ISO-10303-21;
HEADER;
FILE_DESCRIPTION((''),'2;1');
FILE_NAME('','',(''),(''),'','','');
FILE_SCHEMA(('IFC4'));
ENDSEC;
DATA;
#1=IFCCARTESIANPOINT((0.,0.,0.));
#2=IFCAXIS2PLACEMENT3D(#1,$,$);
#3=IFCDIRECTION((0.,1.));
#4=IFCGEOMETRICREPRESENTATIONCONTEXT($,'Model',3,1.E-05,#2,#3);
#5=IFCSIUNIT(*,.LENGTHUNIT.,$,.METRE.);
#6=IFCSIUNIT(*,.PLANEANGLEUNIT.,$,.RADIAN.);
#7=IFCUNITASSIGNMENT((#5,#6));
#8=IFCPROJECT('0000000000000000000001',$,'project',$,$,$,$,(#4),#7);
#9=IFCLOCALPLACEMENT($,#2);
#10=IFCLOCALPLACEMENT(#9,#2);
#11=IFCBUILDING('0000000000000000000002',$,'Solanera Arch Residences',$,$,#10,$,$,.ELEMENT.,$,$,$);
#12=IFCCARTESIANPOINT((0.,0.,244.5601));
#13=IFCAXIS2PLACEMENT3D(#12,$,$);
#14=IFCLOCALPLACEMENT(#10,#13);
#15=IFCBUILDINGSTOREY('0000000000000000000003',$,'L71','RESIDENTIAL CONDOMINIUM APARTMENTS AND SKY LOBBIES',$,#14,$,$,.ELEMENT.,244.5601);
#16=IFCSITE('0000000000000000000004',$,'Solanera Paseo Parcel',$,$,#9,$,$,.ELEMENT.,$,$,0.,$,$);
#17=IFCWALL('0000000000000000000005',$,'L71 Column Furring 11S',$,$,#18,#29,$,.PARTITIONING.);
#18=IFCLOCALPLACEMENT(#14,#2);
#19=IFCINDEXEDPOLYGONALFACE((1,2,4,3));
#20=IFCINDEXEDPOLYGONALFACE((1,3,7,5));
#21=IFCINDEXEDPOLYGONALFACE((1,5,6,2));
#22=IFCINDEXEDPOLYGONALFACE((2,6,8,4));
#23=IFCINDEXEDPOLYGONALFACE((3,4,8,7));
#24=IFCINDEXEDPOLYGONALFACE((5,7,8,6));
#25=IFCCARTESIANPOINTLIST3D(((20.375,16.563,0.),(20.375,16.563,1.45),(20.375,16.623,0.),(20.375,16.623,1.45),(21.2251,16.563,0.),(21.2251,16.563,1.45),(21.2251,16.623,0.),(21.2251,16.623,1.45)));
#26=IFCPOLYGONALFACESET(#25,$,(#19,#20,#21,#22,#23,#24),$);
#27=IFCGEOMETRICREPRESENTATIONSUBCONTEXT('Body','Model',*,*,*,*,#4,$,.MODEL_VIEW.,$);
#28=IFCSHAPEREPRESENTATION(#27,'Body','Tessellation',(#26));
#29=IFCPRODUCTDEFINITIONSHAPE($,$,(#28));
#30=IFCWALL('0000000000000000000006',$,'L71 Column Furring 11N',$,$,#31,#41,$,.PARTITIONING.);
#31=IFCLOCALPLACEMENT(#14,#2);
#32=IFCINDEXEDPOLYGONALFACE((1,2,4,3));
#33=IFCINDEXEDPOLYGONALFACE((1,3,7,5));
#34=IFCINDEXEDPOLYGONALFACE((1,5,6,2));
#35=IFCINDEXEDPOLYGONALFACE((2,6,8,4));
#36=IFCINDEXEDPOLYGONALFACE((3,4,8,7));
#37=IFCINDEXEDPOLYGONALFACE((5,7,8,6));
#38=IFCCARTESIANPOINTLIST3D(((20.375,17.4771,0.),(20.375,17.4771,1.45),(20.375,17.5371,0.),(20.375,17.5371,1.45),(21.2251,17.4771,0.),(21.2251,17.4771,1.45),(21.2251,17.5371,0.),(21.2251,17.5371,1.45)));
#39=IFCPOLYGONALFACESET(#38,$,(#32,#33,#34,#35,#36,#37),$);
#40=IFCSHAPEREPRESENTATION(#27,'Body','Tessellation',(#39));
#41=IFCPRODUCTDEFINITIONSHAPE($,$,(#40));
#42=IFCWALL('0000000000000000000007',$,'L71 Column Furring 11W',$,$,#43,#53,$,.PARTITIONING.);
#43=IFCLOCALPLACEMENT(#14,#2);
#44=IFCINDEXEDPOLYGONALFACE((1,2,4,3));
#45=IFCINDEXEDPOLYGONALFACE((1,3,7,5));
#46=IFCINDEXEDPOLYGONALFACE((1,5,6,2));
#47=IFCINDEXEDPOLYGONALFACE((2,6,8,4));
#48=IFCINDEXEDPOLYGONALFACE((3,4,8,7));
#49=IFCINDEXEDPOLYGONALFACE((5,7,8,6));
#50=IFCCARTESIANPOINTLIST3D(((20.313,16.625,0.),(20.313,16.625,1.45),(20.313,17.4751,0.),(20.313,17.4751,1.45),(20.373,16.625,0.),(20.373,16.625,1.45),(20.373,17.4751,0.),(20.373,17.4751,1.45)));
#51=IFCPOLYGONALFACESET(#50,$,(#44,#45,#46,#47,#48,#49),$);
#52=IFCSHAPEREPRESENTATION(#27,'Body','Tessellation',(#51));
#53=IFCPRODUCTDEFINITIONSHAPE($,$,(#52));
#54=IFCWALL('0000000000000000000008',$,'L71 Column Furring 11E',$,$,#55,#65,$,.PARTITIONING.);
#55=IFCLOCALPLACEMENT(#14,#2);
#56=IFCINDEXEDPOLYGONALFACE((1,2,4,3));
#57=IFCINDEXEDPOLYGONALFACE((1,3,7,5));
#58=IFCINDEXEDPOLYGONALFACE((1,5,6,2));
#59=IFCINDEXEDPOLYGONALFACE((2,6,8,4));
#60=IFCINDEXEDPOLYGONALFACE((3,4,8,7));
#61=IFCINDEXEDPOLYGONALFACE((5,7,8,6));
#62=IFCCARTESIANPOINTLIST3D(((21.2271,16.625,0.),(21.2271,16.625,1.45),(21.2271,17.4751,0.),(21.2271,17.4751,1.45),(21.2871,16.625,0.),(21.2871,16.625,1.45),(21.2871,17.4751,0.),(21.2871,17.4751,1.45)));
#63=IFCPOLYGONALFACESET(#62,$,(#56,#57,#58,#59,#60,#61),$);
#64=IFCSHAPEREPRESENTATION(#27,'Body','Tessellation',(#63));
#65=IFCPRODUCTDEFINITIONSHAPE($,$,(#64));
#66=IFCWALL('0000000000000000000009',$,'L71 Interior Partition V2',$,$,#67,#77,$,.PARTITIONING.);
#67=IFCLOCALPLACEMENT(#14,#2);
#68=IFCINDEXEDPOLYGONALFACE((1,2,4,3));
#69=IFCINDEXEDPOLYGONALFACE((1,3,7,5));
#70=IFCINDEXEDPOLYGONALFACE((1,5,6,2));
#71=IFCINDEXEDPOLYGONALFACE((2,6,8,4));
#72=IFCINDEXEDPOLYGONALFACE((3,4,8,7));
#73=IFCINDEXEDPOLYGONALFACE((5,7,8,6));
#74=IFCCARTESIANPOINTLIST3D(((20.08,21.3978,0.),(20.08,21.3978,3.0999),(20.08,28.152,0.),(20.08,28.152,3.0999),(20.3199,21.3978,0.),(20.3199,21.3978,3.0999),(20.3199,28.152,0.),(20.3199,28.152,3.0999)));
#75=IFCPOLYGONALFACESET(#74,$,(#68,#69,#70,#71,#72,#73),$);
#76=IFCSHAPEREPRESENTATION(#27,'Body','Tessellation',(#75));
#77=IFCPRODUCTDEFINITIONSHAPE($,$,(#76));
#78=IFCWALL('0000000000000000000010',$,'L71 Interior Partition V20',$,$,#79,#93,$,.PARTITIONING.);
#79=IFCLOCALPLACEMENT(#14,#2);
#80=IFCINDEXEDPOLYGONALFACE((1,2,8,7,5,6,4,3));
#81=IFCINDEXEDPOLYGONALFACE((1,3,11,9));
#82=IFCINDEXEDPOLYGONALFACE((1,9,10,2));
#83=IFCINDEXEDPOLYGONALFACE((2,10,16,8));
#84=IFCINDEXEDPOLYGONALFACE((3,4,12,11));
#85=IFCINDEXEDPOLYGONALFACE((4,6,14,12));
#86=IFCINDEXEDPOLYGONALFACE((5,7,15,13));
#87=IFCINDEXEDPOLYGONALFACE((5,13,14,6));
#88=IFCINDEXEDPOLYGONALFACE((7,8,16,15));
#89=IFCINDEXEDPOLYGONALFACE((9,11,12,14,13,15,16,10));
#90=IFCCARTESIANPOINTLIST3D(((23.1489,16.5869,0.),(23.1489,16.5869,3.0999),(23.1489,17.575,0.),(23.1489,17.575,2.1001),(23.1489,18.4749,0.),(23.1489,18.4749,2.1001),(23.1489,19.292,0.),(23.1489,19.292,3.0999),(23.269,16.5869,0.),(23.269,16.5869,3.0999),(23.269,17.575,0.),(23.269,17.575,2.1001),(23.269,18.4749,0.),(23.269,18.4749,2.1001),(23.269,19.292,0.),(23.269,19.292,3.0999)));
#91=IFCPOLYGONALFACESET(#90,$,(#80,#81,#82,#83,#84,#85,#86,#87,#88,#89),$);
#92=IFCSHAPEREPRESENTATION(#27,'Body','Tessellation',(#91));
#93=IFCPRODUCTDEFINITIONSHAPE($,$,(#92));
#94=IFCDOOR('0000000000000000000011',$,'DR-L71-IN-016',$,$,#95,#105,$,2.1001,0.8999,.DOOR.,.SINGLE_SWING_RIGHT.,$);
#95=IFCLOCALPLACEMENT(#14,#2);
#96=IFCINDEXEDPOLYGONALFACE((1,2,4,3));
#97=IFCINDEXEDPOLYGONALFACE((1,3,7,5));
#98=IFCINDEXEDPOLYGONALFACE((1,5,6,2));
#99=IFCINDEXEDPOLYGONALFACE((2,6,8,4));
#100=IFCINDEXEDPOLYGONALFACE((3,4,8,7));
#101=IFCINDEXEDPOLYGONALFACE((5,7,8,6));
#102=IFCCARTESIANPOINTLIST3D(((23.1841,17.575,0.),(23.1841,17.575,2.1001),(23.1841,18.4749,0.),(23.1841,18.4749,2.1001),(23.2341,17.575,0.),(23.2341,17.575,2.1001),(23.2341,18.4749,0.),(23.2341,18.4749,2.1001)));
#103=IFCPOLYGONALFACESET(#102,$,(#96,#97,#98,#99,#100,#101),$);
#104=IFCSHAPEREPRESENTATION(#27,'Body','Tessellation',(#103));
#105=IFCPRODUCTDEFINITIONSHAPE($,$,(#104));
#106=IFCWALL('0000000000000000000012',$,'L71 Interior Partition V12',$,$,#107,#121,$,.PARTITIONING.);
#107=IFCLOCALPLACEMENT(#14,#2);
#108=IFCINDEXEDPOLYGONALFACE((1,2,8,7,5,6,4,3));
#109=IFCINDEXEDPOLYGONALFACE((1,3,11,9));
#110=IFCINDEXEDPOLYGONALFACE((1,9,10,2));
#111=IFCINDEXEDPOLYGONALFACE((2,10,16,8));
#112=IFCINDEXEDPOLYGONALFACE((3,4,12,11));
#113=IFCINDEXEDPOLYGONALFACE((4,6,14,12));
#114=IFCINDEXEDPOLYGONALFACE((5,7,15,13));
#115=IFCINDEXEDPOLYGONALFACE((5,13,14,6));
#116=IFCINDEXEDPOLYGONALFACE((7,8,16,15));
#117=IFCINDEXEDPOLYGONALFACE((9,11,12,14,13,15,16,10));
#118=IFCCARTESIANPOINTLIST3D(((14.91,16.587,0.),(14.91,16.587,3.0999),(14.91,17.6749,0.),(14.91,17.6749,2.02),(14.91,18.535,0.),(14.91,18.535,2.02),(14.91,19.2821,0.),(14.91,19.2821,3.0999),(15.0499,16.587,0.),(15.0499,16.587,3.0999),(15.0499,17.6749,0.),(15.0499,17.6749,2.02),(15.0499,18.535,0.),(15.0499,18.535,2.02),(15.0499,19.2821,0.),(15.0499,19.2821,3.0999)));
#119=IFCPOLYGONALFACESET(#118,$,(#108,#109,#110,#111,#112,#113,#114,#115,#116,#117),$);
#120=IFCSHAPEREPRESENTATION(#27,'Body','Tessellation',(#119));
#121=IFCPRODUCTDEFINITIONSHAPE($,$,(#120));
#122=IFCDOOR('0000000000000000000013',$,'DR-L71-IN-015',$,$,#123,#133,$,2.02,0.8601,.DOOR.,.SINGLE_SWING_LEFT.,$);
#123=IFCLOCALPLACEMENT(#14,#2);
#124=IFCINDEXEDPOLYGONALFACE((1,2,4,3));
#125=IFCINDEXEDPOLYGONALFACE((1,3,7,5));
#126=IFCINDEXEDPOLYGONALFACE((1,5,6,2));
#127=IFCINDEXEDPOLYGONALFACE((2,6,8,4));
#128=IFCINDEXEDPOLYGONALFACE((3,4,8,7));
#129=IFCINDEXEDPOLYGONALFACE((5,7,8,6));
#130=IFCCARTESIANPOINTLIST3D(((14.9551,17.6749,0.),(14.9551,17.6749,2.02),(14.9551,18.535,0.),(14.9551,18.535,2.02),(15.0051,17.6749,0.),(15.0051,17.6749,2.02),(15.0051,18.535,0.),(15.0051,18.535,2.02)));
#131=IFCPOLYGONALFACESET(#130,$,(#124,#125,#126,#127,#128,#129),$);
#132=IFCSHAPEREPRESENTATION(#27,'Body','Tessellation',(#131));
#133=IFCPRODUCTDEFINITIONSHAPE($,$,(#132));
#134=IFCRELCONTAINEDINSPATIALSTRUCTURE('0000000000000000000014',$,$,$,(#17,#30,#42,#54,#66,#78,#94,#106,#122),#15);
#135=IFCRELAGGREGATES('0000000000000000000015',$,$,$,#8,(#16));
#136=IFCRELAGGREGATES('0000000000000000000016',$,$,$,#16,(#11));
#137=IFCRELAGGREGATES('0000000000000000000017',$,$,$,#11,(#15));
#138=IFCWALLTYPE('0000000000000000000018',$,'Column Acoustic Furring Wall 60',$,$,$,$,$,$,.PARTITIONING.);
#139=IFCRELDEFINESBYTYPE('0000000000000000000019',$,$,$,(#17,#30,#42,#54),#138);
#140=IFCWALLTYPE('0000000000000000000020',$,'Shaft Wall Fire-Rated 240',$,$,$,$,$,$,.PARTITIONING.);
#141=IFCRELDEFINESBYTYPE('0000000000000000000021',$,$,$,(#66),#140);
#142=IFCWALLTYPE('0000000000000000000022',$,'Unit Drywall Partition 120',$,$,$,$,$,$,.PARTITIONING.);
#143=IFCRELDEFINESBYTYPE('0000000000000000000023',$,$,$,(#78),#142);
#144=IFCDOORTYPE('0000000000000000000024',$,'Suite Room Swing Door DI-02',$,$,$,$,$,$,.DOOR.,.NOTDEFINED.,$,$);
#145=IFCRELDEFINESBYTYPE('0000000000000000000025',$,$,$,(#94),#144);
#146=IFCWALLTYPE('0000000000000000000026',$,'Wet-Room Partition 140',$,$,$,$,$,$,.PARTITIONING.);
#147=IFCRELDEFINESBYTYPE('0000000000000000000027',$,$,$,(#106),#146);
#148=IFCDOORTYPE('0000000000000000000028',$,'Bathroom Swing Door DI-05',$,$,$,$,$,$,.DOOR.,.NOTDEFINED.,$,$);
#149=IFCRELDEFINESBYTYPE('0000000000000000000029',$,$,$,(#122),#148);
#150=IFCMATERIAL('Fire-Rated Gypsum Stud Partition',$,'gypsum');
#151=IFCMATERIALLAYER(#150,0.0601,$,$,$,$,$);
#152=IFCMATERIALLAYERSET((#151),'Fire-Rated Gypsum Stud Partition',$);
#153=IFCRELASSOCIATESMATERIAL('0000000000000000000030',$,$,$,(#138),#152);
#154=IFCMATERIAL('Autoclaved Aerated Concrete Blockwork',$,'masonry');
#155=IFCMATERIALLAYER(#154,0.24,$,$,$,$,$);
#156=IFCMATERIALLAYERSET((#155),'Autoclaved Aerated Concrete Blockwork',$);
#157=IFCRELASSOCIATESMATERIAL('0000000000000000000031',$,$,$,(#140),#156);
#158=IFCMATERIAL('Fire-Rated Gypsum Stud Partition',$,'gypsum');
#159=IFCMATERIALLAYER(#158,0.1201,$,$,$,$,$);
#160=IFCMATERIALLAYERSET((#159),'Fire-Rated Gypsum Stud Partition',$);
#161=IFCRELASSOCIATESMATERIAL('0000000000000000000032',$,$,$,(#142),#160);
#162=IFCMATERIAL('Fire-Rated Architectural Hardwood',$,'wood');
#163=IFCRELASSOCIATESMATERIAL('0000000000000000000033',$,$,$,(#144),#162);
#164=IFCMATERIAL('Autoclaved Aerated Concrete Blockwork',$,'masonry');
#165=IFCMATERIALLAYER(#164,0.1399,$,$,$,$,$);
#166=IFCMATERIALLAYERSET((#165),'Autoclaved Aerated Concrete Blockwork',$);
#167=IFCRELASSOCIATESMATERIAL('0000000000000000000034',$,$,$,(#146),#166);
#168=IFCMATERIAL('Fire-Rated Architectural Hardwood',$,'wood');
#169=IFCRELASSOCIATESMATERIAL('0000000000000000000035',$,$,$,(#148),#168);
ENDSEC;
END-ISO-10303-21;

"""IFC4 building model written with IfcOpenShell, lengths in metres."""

from ifc_helpers import new_model, si_unit, direction, frame, frame_2d, origin, place, context, subcontext, project, spatial, rectangle, extrude, material, layer, layer_set, type_object, element, fill, save


model = new_model("IFC4")

# Units and contexts
model_context = context("Model", 3, precision=1e-05, world=origin(), true_north=direction((0.0, 1.0)))
body_context = subcontext(model_context, "Body", "Model", "MODEL_VIEW")
ifc_project = project(units=[si_unit("LENGTHUNIT", "METRE"), si_unit("PLANEANGLEUNIT", "RADIAN")], contexts=[model_context])

# Site, building, storey
site_placement = place(None, origin())
site = spatial("IfcSite", under=ifc_project, at=site_placement, Name="Solanera Paseo Parcel", CompositionType="ELEMENT", RefElevation=0.0)
building_placement = place(site_placement, origin())
building = spatial("IfcBuilding", under=site, at=building_placement, Name="Solanera Arch Residences", CompositionType="ELEMENT")
storey_placement = place(building_placement, frame((0.0, 0.0, 244.5601)))
storey = spatial("IfcBuildingStorey", under=building, at=storey_placement, Name="L71", Description="RESIDENTIAL CONDOMINIUM APARTMENTS AND SKY LOBBIES", CompositionType="ELEMENT", Elevation=244.5601)

# Walls
ifc_material_1 = material(Name="Fire-Rated Gypsum Stud Partition", Category="gypsum")
ifc_layer_1 = layer(ifc_material_1, 0.0601)
ifc_layer_set_1 = layer_set([ifc_layer_1], Name="Fire-Rated Gypsum Stud Partition")
wall_type_1 = type_object("IfcWallType", Name="Column Acoustic Furring Wall 60", PredefinedType="PARTITIONING", material=ifc_layer_set_1)
for number, where, z_axis, x_axis, name in (
    (1, (20.375, 16.593, 0.0), (0.0, 0.0, 1.0), (1.0, 0.0, 0.0), "L71 Column Furring 11S"),
    (2, (20.375, 17.5071, 0.0), (0.0, 0.0, 1.0), (1.0, 0.0, 0.0), "L71 Column Furring 11N"),
    (3, (20.343, 16.625, 0.0), (0.0, 0.0, 1.0), (0.0, 1.0, 0.0), "L71 Column Furring 11W"),
    (4, (21.2571, 16.625, 0.0), (0.0, 0.0, 1.0), (0.0, 1.0, 0.0), "L71 Column Furring 11E"),
):
    element("IfcWall", number, at=place(storey_placement, frame(where, z_axis=z_axis, x_axis=x_axis)), inside=storey, type_object=wall_type_1, Name=name, PredefinedType="PARTITIONING", context=body_context, shape_type="SweptSolid", body=[
        extrude(rectangle(XDim=0.8501, YDim=0.0601, at=frame_2d((0.425, 0.0))), origin(), (0.0, 0.0, 1.0), 1.45),
    ])
ifc_material_2 = material(Name="Autoclaved Aerated Concrete Blockwork", Category="masonry")
ifc_layer_2 = layer(ifc_material_2, 0.24)
ifc_layer_set_2 = layer_set([ifc_layer_2], Name="Autoclaved Aerated Concrete Blockwork")
wall_type_2 = type_object("IfcWallType", Name="Shaft Wall Fire-Rated 240", PredefinedType="PARTITIONING", material=ifc_layer_set_2)
wall_1_placement = place(storey_placement, frame((20.2, 21.3979, 0.0), z_axis=(0.0, 0.0, 1.0), x_axis=(0.0, 1.0, 0.0)))
element("IfcWall", 5, at=wall_1_placement, inside=storey, type_object=wall_type_2, Name="L71 Interior Partition V2", PredefinedType="PARTITIONING", context=body_context, shape_type="SweptSolid", body=[
    extrude(rectangle(XDim=6.7542, YDim=0.24, at=frame_2d((3.377, 0.0))), origin(), (0.0, 0.0, 1.0), 3.0999),
])

# Walls, openings, doors
ifc_material_3 = material(Name="Fire-Rated Gypsum Stud Partition", Category="gypsum")
ifc_layer_3 = layer(ifc_material_3, 0.1201)
ifc_layer_set_3 = layer_set([ifc_layer_3], Name="Fire-Rated Gypsum Stud Partition")
wall_type_3 = type_object("IfcWallType", Name="Unit Drywall Partition 120", PredefinedType="PARTITIONING", material=ifc_layer_set_3)
wall_2_placement = place(storey_placement, frame((23.209, 16.5869, 0.0), z_axis=(0.0, 0.0, 1.0), x_axis=(0.0, 1.0, 0.0)))
wall_2 = element("IfcWall", 6, at=wall_2_placement, inside=storey, type_object=wall_type_3, Name="L71 Interior Partition V20", PredefinedType="PARTITIONING", context=body_context, shape_type="SweptSolid", body=[
    extrude(rectangle(XDim=2.7051, YDim=0.1201, at=frame_2d((1.3525, 0.0))), origin(), (0.0, 0.0, 1.0), 3.0999),
])
opening_1_placement = place(wall_2_placement, frame((0.988, 0.0, 0.0)))
opening_1 = element("IfcOpeningElement", 7, at=opening_1_placement, cuts=wall_2, PredefinedType="OPENING", context=body_context, shape_type="SweptSolid", body=[
    extrude(rectangle(XDim=0.8999, YDim=2.1001, at=frame_2d((0.45, 1.05))), frame((0.0, 0.0701, 0.0), z_axis=(0.0, -1.0, 0.0), x_axis=(1.0, 0.0, 0.0)), (0.0, 0.0, 1.0), 0.1401),
])
ifc_material_4 = material(Name="Fire-Rated Architectural Hardwood", Category="wood")
door_type_1 = type_object("IfcDoorType", Name="Suite Room Swing Door DI-02", OperationType="NOTDEFINED", PredefinedType="DOOR", material=ifc_material_4)
door_1_placement = place(opening_1_placement, origin())
door_1 = element("IfcDoor", 8, at=door_1_placement, inside=storey, type_object=door_type_1, Name="DR-L71-IN-016", OperationType="SINGLE_SWING_RIGHT", OverallHeight=2.1001, OverallWidth=0.8999, PredefinedType="DOOR", context=body_context, shape_type="SweptSolid", body=[
    extrude(rectangle(XDim=0.8999, YDim=2.1001, at=frame_2d((0.45, 1.05))), frame((0.0, 0.0249, 0.0), z_axis=(0.0, -1.0, 0.0), x_axis=(1.0, 0.0, 0.0)), (0.0, 0.0, 1.0), 0.05),
])
fill(opening_1, door_1)
ifc_material_5 = material(Name="Autoclaved Aerated Concrete Blockwork", Category="masonry")
ifc_layer_4 = layer(ifc_material_5, 0.1399)
ifc_layer_set_4 = layer_set([ifc_layer_4], Name="Autoclaved Aerated Concrete Blockwork")
wall_type_4 = type_object("IfcWallType", Name="Wet-Room Partition 140", PredefinedType="PARTITIONING", material=ifc_layer_set_4)
wall_3_placement = place(storey_placement, frame((14.98, 16.5869, 0.0), z_axis=(0.0, 0.0, 1.0), x_axis=(0.0, 1.0, 0.0)))
wall_3 = element("IfcWall", 9, at=wall_3_placement, inside=storey, type_object=wall_type_4, Name="L71 Interior Partition V12", PredefinedType="PARTITIONING", context=body_context, shape_type="SweptSolid", body=[
    extrude(rectangle(XDim=2.6951, YDim=0.1399, at=frame_2d((1.3477, 0.0))), origin(), (0.0, 0.0, 1.0), 3.0999),
])
opening_2_placement = place(wall_3_placement, frame((1.0879, 0.0, 0.0)))
opening_2 = element("IfcOpeningElement", 10, at=opening_2_placement, cuts=wall_3, PredefinedType="OPENING", context=body_context, shape_type="SweptSolid", body=[
    extrude(rectangle(XDim=0.8601, YDim=2.02, at=frame_2d((0.4302, 1.01))), frame((0.0, 0.0798, 0.0), z_axis=(0.0, -1.0, 0.0), x_axis=(1.0, 0.0, 0.0)), (0.0, 0.0, 1.0), 0.1599),
])
ifc_material_6 = material(Name="Fire-Rated Architectural Hardwood", Category="wood")
door_type_2 = type_object("IfcDoorType", Name="Bathroom Swing Door DI-05", OperationType="NOTDEFINED", PredefinedType="DOOR", material=ifc_material_6)
door_2_placement = place(opening_2_placement, origin())
door_2 = element("IfcDoor", 11, at=door_2_placement, inside=storey, type_object=door_type_2, Name="DR-L71-IN-015", OperationType="SINGLE_SWING_LEFT", OverallHeight=2.02, OverallWidth=0.8601, PredefinedType="DOOR", context=body_context, shape_type="SweptSolid", body=[
    extrude(rectangle(XDim=0.8601, YDim=2.02, at=frame_2d((0.4302, 1.01))), frame((0.0, 0.0249, 0.0), z_axis=(0.0, -1.0, 0.0), x_axis=(1.0, 0.0, 0.0)), (0.0, 0.0, 1.0), 0.05),
])
fill(opening_2, door_2)

save(model, "model.ifc")
